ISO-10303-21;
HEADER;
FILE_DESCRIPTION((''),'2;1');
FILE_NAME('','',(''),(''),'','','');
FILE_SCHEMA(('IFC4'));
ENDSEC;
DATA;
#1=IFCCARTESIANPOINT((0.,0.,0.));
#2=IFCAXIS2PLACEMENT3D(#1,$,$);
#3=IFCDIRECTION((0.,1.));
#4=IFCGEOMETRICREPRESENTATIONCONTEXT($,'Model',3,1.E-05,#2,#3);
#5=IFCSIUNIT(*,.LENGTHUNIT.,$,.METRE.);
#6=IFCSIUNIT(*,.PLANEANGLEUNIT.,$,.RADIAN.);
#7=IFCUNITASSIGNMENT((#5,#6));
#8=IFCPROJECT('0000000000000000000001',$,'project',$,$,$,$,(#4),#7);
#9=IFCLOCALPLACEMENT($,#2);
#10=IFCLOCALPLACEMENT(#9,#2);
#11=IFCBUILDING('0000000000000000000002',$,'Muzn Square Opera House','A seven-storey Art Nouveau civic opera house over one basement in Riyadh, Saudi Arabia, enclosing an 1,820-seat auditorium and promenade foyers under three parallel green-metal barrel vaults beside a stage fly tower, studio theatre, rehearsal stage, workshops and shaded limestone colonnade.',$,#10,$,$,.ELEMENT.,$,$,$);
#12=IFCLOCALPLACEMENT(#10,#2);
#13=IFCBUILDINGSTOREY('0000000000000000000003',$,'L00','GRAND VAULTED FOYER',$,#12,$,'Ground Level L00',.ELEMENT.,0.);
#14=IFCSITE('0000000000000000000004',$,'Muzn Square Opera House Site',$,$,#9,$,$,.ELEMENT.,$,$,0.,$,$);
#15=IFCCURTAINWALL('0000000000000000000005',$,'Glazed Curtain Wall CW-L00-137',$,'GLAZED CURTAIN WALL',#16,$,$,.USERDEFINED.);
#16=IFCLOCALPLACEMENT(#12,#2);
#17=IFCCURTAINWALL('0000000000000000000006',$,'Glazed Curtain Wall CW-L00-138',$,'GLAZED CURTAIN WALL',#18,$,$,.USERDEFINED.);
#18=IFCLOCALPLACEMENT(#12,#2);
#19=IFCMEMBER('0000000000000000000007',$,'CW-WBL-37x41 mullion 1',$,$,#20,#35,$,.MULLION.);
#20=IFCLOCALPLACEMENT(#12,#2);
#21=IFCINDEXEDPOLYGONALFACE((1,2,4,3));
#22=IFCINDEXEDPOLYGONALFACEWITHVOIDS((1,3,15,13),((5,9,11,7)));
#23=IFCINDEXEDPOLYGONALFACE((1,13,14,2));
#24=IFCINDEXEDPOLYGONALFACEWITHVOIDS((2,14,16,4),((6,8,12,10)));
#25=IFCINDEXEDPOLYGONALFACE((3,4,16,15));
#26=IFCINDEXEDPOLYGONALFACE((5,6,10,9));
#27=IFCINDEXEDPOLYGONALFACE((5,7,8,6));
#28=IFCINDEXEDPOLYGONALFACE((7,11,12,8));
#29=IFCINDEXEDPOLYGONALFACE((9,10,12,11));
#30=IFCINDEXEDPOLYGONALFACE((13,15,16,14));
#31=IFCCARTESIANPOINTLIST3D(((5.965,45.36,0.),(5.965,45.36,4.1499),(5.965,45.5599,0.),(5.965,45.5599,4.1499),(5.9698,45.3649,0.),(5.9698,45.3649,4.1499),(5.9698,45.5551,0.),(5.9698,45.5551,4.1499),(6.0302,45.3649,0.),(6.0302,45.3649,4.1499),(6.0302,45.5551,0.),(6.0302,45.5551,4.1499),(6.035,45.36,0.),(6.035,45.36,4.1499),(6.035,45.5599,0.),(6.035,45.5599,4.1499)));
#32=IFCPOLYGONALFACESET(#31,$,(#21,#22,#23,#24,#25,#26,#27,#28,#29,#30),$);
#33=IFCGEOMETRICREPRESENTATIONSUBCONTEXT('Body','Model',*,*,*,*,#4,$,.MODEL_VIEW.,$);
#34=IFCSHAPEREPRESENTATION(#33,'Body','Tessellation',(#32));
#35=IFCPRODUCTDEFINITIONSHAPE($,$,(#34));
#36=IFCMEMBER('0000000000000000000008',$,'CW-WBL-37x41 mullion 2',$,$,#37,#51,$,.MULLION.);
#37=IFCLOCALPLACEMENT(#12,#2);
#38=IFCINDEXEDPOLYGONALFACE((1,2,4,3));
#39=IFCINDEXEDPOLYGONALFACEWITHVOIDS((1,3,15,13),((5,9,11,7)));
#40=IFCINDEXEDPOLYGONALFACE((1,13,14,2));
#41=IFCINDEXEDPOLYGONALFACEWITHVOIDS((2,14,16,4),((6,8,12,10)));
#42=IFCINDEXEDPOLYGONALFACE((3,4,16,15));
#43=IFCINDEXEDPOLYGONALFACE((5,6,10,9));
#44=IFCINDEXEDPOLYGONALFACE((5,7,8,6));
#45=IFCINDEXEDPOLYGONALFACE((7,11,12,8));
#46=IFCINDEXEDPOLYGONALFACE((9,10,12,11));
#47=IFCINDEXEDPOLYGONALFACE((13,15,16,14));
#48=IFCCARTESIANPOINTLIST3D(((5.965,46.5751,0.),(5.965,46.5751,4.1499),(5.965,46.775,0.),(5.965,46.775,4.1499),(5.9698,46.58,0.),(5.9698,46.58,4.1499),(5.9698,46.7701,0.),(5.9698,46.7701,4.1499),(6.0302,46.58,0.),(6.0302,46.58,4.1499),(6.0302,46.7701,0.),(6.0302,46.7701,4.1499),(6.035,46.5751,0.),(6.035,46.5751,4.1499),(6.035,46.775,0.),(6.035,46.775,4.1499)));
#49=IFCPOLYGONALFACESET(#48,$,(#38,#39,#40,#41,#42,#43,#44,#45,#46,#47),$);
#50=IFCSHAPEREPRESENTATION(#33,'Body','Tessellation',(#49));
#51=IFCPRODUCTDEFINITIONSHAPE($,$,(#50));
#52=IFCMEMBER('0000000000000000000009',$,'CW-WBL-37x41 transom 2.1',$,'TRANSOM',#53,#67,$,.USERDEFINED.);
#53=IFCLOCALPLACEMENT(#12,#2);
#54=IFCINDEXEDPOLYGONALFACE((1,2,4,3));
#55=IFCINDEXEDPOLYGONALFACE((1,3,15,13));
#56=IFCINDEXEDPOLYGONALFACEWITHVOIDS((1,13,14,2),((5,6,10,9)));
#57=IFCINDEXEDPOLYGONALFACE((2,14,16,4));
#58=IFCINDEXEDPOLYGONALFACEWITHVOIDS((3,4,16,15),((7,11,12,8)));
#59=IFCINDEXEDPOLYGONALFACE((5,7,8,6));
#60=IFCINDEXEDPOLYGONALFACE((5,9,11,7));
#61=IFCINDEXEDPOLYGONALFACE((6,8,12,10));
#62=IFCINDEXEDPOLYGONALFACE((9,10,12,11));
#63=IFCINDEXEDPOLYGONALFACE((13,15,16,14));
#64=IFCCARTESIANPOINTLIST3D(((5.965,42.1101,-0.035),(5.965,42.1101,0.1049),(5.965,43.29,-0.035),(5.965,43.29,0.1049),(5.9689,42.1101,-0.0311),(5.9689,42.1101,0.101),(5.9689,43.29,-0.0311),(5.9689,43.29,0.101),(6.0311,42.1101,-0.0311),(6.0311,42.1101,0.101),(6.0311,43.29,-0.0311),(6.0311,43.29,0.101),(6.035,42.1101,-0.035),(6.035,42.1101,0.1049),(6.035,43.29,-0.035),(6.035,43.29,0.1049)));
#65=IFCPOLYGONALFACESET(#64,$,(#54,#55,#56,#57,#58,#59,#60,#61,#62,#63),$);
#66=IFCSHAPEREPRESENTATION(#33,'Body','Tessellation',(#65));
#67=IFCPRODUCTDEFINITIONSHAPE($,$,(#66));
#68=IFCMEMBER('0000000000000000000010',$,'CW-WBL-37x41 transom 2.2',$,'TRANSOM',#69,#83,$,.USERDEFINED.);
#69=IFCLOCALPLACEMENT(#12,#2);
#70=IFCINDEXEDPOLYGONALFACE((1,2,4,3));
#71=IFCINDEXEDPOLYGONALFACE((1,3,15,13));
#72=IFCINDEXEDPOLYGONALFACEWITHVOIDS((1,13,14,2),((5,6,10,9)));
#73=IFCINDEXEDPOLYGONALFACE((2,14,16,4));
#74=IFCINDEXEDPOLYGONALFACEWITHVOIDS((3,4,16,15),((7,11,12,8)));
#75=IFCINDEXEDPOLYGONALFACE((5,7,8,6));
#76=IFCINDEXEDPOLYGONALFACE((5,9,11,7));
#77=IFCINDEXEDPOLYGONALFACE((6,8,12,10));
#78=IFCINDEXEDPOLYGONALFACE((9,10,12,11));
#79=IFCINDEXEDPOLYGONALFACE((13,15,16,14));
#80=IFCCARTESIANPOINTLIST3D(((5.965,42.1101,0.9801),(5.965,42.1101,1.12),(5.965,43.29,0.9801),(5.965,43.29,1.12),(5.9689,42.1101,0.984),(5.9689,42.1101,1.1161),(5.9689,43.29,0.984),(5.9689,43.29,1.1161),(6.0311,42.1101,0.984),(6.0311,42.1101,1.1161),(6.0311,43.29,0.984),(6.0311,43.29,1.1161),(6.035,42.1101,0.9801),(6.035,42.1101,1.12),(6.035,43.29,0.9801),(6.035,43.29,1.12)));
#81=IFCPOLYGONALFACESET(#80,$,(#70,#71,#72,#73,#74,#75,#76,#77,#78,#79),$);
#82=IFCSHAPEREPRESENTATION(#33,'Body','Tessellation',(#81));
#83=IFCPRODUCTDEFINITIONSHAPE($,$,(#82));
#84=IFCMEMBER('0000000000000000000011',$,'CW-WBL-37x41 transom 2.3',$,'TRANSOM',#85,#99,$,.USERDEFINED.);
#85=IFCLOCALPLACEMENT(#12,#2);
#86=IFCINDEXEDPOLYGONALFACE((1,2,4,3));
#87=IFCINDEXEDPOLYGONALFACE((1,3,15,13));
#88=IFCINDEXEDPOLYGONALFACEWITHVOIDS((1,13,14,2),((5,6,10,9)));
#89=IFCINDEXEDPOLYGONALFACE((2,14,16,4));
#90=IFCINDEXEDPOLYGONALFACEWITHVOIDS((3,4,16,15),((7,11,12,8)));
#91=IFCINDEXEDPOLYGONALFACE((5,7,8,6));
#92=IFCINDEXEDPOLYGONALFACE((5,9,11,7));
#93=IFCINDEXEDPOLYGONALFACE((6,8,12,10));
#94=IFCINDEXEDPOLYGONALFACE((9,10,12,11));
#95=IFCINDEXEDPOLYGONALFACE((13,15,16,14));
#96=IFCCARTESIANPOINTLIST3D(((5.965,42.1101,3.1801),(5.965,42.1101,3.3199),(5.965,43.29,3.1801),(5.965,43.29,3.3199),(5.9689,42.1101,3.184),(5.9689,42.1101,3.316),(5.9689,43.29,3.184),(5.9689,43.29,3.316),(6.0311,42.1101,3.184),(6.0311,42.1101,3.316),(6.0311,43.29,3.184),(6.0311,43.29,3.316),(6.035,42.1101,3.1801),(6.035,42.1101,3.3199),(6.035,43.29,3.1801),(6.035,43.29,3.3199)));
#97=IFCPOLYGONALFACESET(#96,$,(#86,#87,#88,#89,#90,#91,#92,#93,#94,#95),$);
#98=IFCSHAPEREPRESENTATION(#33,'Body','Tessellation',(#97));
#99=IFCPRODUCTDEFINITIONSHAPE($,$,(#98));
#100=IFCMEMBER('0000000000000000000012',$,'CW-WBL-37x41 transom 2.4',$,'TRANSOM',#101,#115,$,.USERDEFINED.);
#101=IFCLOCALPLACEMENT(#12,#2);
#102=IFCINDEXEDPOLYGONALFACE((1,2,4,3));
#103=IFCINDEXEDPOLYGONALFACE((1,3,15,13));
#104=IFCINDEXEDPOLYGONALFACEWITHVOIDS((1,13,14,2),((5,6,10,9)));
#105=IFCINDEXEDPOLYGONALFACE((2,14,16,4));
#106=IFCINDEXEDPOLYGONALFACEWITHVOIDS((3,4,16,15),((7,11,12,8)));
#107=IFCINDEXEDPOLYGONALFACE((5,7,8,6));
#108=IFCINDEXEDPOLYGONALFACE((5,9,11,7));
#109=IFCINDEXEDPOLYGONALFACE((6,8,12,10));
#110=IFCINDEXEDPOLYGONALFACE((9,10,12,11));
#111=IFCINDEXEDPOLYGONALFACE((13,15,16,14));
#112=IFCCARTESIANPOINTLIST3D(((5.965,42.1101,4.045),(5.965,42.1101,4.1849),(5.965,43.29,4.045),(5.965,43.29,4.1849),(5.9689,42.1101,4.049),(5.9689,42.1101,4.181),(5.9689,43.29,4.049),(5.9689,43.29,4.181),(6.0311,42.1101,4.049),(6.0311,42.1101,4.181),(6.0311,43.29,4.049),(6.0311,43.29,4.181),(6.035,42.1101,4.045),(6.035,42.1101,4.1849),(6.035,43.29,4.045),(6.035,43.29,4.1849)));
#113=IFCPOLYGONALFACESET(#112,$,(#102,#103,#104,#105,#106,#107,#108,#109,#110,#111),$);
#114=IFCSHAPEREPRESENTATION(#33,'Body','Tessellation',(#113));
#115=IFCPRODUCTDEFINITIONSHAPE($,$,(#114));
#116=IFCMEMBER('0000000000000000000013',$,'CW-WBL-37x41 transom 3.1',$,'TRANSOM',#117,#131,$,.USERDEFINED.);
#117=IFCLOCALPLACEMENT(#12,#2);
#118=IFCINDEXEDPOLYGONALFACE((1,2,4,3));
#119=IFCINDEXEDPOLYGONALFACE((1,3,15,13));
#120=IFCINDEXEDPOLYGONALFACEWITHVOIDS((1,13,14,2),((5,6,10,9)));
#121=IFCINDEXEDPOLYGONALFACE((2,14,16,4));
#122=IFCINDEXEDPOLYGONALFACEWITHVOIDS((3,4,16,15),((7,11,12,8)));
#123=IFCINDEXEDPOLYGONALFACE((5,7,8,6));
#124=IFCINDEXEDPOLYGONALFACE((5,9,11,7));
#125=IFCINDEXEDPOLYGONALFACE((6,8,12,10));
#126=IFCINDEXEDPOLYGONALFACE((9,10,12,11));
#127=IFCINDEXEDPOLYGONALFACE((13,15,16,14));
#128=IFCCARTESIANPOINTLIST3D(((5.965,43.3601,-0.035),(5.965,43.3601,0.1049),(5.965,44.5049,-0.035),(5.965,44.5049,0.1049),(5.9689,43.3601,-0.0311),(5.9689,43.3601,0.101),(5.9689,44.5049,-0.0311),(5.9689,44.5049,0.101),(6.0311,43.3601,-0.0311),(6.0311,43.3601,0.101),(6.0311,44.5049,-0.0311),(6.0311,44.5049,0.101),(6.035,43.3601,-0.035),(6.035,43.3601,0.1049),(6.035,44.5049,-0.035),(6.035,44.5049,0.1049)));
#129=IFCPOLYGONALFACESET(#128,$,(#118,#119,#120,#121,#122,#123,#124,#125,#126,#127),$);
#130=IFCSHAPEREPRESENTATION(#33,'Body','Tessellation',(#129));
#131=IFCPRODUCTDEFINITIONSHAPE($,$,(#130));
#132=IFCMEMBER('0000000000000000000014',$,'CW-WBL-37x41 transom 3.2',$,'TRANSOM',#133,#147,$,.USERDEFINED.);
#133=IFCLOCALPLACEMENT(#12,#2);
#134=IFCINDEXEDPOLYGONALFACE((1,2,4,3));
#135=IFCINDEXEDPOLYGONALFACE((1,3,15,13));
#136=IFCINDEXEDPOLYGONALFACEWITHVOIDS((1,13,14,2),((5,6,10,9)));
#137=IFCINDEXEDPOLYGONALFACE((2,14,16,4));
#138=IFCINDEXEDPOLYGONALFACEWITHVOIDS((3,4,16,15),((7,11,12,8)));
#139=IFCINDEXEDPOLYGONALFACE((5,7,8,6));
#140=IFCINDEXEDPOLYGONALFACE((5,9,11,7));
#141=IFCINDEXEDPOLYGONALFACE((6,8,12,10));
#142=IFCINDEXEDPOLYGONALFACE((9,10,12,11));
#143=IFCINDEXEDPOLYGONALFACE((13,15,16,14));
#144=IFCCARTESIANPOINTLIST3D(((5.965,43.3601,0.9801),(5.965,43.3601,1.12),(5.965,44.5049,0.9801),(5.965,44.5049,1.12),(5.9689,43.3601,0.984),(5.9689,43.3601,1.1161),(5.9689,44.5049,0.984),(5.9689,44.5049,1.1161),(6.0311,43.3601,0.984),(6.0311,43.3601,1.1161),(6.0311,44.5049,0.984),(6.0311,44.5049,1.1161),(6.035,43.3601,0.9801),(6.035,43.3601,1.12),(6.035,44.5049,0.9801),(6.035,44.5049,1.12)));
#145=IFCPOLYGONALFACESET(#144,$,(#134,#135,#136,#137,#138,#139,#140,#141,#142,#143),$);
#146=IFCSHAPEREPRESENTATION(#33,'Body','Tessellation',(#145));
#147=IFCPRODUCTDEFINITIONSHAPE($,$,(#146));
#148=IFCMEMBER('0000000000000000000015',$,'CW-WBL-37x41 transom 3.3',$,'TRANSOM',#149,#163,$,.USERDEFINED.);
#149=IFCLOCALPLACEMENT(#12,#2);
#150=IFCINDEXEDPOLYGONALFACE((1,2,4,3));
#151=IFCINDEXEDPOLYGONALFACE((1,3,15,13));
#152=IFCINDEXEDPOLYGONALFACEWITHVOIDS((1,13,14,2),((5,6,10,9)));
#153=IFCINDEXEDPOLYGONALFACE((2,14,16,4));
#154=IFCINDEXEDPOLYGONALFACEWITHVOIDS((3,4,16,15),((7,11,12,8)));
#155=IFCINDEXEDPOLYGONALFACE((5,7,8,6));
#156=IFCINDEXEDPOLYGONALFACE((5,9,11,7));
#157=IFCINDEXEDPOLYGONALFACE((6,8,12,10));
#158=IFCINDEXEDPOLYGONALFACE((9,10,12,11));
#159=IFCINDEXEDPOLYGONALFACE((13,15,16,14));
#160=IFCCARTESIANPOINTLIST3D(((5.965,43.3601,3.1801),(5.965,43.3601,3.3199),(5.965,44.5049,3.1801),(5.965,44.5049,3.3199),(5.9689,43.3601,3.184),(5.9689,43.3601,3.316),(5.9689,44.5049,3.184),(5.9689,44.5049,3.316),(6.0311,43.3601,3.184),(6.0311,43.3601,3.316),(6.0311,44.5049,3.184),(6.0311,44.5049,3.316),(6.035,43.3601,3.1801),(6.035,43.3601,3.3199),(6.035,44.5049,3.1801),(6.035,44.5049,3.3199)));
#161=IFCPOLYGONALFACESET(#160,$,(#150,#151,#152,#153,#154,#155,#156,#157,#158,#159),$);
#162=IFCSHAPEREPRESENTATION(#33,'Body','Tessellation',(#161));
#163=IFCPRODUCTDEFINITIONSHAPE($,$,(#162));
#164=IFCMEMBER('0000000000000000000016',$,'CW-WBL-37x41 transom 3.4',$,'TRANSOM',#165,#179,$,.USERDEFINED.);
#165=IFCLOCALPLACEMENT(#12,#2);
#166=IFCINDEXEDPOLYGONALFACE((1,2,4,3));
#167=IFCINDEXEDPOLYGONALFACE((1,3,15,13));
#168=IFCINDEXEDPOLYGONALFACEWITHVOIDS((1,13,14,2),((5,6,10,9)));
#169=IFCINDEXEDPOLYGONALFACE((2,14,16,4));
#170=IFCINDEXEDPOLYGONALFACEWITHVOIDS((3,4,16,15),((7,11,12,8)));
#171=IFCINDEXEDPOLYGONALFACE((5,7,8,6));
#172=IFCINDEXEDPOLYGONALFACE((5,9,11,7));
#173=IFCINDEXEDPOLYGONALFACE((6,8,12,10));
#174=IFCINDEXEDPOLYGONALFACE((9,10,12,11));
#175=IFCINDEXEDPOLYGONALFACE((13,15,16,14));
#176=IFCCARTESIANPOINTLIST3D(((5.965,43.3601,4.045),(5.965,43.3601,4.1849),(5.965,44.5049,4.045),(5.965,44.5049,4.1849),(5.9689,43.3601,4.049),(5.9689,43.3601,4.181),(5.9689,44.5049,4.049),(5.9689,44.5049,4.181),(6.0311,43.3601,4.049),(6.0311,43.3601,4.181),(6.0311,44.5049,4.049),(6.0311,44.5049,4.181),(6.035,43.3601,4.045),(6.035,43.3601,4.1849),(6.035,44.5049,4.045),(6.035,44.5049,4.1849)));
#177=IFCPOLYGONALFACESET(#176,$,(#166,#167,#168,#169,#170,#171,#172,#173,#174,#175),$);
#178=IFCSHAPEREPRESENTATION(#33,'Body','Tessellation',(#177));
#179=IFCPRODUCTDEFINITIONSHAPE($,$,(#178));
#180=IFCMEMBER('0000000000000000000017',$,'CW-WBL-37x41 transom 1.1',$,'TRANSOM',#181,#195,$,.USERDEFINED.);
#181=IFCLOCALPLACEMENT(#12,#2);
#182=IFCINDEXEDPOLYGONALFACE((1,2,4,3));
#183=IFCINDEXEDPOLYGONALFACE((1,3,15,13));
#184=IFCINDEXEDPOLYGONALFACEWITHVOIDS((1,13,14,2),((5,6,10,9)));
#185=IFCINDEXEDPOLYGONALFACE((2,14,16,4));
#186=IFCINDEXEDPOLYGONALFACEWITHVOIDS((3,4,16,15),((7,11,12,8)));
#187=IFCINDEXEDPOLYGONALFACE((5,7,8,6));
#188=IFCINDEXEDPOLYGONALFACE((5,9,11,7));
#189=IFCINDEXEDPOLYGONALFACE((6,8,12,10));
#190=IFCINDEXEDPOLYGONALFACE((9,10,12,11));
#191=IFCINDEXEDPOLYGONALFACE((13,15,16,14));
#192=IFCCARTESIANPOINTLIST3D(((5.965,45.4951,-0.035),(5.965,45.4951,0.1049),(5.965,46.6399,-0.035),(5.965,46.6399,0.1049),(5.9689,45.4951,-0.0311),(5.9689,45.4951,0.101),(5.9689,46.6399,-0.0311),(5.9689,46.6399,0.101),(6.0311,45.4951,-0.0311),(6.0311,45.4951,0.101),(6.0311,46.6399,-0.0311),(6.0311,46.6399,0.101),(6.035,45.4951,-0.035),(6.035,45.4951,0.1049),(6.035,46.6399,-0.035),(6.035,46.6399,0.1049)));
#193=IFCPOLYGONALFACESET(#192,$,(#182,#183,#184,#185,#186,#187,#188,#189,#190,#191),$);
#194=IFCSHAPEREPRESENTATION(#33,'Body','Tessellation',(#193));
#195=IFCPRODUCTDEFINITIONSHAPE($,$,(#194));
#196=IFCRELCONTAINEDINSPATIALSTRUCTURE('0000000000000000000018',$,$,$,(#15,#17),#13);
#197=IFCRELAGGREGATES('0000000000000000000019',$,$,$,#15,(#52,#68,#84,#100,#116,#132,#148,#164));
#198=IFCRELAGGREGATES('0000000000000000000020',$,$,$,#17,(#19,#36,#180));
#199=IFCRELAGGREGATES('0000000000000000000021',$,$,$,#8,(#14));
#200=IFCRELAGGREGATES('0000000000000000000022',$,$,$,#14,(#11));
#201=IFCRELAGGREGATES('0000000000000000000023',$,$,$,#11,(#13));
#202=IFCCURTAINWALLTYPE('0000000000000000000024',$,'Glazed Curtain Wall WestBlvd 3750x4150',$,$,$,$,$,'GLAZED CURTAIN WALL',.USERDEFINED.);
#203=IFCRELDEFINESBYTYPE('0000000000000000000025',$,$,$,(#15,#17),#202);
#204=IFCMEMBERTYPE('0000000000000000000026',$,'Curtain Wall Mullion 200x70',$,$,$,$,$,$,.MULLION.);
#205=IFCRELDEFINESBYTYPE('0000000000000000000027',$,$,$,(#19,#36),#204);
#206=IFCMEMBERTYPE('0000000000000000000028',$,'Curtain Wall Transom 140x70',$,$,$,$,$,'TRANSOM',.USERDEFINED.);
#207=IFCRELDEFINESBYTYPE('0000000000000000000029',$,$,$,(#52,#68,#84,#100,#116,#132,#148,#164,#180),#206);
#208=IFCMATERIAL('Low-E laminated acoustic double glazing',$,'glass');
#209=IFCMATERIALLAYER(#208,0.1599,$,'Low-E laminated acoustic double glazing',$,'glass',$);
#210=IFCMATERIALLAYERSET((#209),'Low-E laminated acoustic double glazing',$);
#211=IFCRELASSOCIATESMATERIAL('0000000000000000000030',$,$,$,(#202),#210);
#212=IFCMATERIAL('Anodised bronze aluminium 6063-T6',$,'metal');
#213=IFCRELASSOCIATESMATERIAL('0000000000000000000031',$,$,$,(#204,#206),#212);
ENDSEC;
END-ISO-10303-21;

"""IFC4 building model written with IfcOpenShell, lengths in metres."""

from ifc_helpers import new_model, si_unit, direction, frame, origin, origin_2d, place, context, subcontext, project, spatial, hollow_rectangle, extrude, material, layer, layer_set, material_profile, profile_set, type_object, element, aggregate, save


model = new_model("IFC4")

# Units and contexts
model_context = context("Model", 3, precision=1e-05, world=origin(), true_north=direction((0.0, 1.0)))
body_context = subcontext(model_context, "Body", "Model", "MODEL_VIEW")
ifc_project = project(units=[si_unit("LENGTHUNIT", "METRE"), si_unit("PLANEANGLEUNIT", "RADIAN")], contexts=[model_context])

# Site, building, storey
site_placement = place(None, origin())
site = spatial("IfcSite", under=ifc_project, at=site_placement, Name="Muzn Square Opera House Site", CompositionType="ELEMENT", RefElevation=0.0)
building_placement = place(site_placement, origin())
building = spatial("IfcBuilding", under=site, at=building_placement, Name="Muzn Square Opera House", Description="A seven-storey Art Nouveau civic opera house over one basement in Riyadh, Saudi Arabia, enclosing an 1,820-seat auditorium and promenade foyers under three parallel green-metal barrel vaults beside a stage fly tower, studio theatre, rehearsal stage, workshops and shaded limestone colonnade.", CompositionType="ELEMENT")
storey_placement = place(building_placement, origin())
storey = spatial("IfcBuildingStorey", under=building, at=storey_placement, Name="L00", Description="GRAND VAULTED FOYER", LongName="Ground Level L00", CompositionType="ELEMENT", Elevation=0.0)

# Curtain walls, members
ifc_material_1 = material(Name="Low-E laminated acoustic double glazing", Category="glass")
ifc_layer_1 = layer(ifc_material_1, 0.1599, Name="Low-E laminated acoustic double glazing", Category="glass")
ifc_layer_set_1 = layer_set([ifc_layer_1], Name="Low-E laminated acoustic double glazing")
curtain_wall_type = type_object("IfcCurtainWallType", Name="Glazed Curtain Wall WestBlvd 3750x4150", ElementType="GLAZED CURTAIN WALL", PredefinedType="USERDEFINED", material=ifc_layer_set_1)
curtain_wall_1_placement = place(storey_placement, origin())
curtain_wall_1 = element("IfcCurtainWall", 1, at=curtain_wall_1_placement, inside=storey, type_object=curtain_wall_type, Name="Glazed Curtain Wall CW-L00-137", ObjectType="GLAZED CURTAIN WALL", PredefinedType="USERDEFINED")
ifc_material_2 = material(Name="Anodised bronze aluminium 6063-T6", Category="metal")
ifc_material_profile_1 = material_profile(ifc_material_2, hollow_rectangle(XDim=0.0701, YDim=0.2, WallThickness=0.0049, at=origin_2d()), Name="ALU 200x70x5", Category="metal")
ifc_profile_set_1 = profile_set([ifc_material_profile_1], Name="Anodised bronze aluminium 6063-T6")
member_type_1 = type_object("IfcMemberType", Name="Curtain Wall Mullion 200x70", PredefinedType="MULLION", material=ifc_profile_set_1)
curtain_wall_2_placement = place(storey_placement, origin())
curtain_wall_2 = element("IfcCurtainWall", 2, at=curtain_wall_2_placement, inside=storey, type_object=curtain_wall_type, Name="Glazed Curtain Wall CW-L00-138", ObjectType="GLAZED CURTAIN WALL", PredefinedType="USERDEFINED")
member_1_placement = place(storey_placement, frame((6.0, 45.46, 0.0), z_axis=(0.0, 0.0, 1.0), x_axis=(-1.0, 0.0, 0.0)))
member_1 = element("IfcMember", 3, at=member_1_placement, type_object=member_type_1, Name="CW-WBL-37x41 mullion 1", PredefinedType="MULLION", context=body_context, shape_type="SweptSolid", body=[
    extrude(hollow_rectangle(XDim=0.0701, YDim=0.2, WallThickness=0.0049, at=origin_2d()), origin(), (0.0, 0.0, 1.0), 4.1499),
])
member_2_placement = place(storey_placement, frame((6.0, 46.675, 0.0), z_axis=(0.0, 0.0, 1.0), x_axis=(-1.0, 0.0, 0.0)))
member_2 = element("IfcMember", 4, at=member_2_placement, type_object=member_type_1, Name="CW-WBL-37x41 mullion 2", PredefinedType="MULLION", context=body_context, shape_type="SweptSolid", body=[
    extrude(hollow_rectangle(XDim=0.0701, YDim=0.2, WallThickness=0.0049, at=origin_2d()), origin(), (0.0, 0.0, 1.0), 4.1499),
])

# Members
ifc_material_profile_2 = material_profile(ifc_material_2, hollow_rectangle(XDim=0.0701, YDim=0.1399, WallThickness=0.0039, at=origin_2d()), Name="ALU 140x70x4", Category="metal")
ifc_profile_set_2 = profile_set([ifc_material_profile_2], Name="Anodised bronze aluminium 6063-T6")
member_type_2 = type_object("IfcMemberType", Name="Curtain Wall Transom 140x70", ElementType="TRANSOM", PredefinedType="USERDEFINED", material=ifc_profile_set_2)
member_3_placement = place(storey_placement, frame((6.0, 42.1101, 0.0349), z_axis=(0.0, 1.0, 0.0), x_axis=(-1.0, 0.0, 0.0)))
member_3 = element("IfcMember", 5, at=member_3_placement, type_object=member_type_2, Name="CW-WBL-37x41 transom 2.1", ObjectType="TRANSOM", PredefinedType="USERDEFINED", context=body_context, shape_type="SweptSolid", body=[
    extrude(hollow_rectangle(XDim=0.0701, YDim=0.1399, WallThickness=0.0039, at=origin_2d()), origin(), (0.0, 0.0, 1.0), 1.1799),
])
member_4_placement = place(storey_placement, frame((6.0, 42.1101, 1.05), z_axis=(0.0, 1.0, 0.0), x_axis=(-1.0, 0.0, 0.0)))
member_4 = element("IfcMember", 6, at=member_4_placement, type_object=member_type_2, Name="CW-WBL-37x41 transom 2.2", ObjectType="TRANSOM", PredefinedType="USERDEFINED", context=body_context, shape_type="SweptSolid", body=[
    extrude(hollow_rectangle(XDim=0.0701, YDim=0.1399, WallThickness=0.0039, at=origin_2d()), origin(), (0.0, 0.0, 1.0), 1.1799),
])
member_5_placement = place(storey_placement, frame((6.0, 42.1101, 3.25), z_axis=(0.0, 1.0, 0.0), x_axis=(-1.0, 0.0, 0.0)))
member_5 = element("IfcMember", 7, at=member_5_placement, type_object=member_type_2, Name="CW-WBL-37x41 transom 2.3", ObjectType="TRANSOM", PredefinedType="USERDEFINED", context=body_context, shape_type="SweptSolid", body=[
    extrude(hollow_rectangle(XDim=0.0701, YDim=0.1399, WallThickness=0.0039, at=origin_2d()), origin(), (0.0, 0.0, 1.0), 1.1799),
])
member_6_placement = place(storey_placement, frame((6.0, 42.1101, 4.115), z_axis=(0.0, 1.0, 0.0), x_axis=(-1.0, 0.0, 0.0)))
member_6 = element("IfcMember", 8, at=member_6_placement, type_object=member_type_2, Name="CW-WBL-37x41 transom 2.4", ObjectType="TRANSOM", PredefinedType="USERDEFINED", context=body_context, shape_type="SweptSolid", body=[
    extrude(hollow_rectangle(XDim=0.0701, YDim=0.1399, WallThickness=0.0039, at=origin_2d()), origin(), (0.0, 0.0, 1.0), 1.1799),
])
member_7_placement = place(storey_placement, frame((6.0, 43.3601, 0.0349), z_axis=(0.0, 1.0, 0.0), x_axis=(-1.0, 0.0, 0.0)))
member_7 = element("IfcMember", 9, at=member_7_placement, type_object=member_type_2, Name="CW-WBL-37x41 transom 3.1", ObjectType="TRANSOM", PredefinedType="USERDEFINED", context=body_context, shape_type="SweptSolid", body=[
    extrude(hollow_rectangle(XDim=0.0701, YDim=0.1399, WallThickness=0.0039, at=origin_2d()), origin(), (0.0, 0.0, 1.0), 1.1448),
])
member_8_placement = place(storey_placement, frame((6.0, 43.3601, 1.05), z_axis=(0.0, 1.0, 0.0), x_axis=(-1.0, 0.0, 0.0)))
member_8 = element("IfcMember", 10, at=member_8_placement, type_object=member_type_2, Name="CW-WBL-37x41 transom 3.2", ObjectType="TRANSOM", PredefinedType="USERDEFINED", context=body_context, shape_type="SweptSolid", body=[
    extrude(hollow_rectangle(XDim=0.0701, YDim=0.1399, WallThickness=0.0039, at=origin_2d()), origin(), (0.0, 0.0, 1.0), 1.1448),
])
member_9_placement = place(storey_placement, frame((6.0, 43.3601, 3.25), z_axis=(0.0, 1.0, 0.0), x_axis=(-1.0, 0.0, 0.0)))
member_9 = element("IfcMember", 11, at=member_9_placement, type_object=member_type_2, Name="CW-WBL-37x41 transom 3.3", ObjectType="TRANSOM", PredefinedType="USERDEFINED", context=body_context, shape_type="SweptSolid", body=[
    extrude(hollow_rectangle(XDim=0.0701, YDim=0.1399, WallThickness=0.0039, at=origin_2d()), origin(), (0.0, 0.0, 1.0), 1.1448),
])
member_10_placement = place(storey_placement, frame((6.0, 43.3601, 4.115), z_axis=(0.0, 1.0, 0.0), x_axis=(-1.0, 0.0, 0.0)))
member_10 = element("IfcMember", 12, at=member_10_placement, type_object=member_type_2, Name="CW-WBL-37x41 transom 3.4", ObjectType="TRANSOM", PredefinedType="USERDEFINED", context=body_context, shape_type="SweptSolid", body=[
    extrude(hollow_rectangle(XDim=0.0701, YDim=0.1399, WallThickness=0.0039, at=origin_2d()), origin(), (0.0, 0.0, 1.0), 1.1448),
])
member_11_placement = place(storey_placement, frame((6.0, 45.4951, 0.0349), z_axis=(0.0, 1.0, 0.0), x_axis=(-1.0, 0.0, 0.0)))
member_11 = element("IfcMember", 13, at=member_11_placement, type_object=member_type_2, Name="CW-WBL-37x41 transom 1.1", ObjectType="TRANSOM", PredefinedType="USERDEFINED", context=body_context, shape_type="SweptSolid", body=[
    extrude(hollow_rectangle(XDim=0.0701, YDim=0.1399, WallThickness=0.0039, at=origin_2d()), origin(), (0.0, 0.0, 1.0), 1.1448),
])

aggregate(curtain_wall_1, [member_3, member_4, member_5, member_6, member_7, member_8, member_9, member_10])
aggregate(curtain_wall_2, [member_1, member_2, member_11])

save(model, "model.ifc")
